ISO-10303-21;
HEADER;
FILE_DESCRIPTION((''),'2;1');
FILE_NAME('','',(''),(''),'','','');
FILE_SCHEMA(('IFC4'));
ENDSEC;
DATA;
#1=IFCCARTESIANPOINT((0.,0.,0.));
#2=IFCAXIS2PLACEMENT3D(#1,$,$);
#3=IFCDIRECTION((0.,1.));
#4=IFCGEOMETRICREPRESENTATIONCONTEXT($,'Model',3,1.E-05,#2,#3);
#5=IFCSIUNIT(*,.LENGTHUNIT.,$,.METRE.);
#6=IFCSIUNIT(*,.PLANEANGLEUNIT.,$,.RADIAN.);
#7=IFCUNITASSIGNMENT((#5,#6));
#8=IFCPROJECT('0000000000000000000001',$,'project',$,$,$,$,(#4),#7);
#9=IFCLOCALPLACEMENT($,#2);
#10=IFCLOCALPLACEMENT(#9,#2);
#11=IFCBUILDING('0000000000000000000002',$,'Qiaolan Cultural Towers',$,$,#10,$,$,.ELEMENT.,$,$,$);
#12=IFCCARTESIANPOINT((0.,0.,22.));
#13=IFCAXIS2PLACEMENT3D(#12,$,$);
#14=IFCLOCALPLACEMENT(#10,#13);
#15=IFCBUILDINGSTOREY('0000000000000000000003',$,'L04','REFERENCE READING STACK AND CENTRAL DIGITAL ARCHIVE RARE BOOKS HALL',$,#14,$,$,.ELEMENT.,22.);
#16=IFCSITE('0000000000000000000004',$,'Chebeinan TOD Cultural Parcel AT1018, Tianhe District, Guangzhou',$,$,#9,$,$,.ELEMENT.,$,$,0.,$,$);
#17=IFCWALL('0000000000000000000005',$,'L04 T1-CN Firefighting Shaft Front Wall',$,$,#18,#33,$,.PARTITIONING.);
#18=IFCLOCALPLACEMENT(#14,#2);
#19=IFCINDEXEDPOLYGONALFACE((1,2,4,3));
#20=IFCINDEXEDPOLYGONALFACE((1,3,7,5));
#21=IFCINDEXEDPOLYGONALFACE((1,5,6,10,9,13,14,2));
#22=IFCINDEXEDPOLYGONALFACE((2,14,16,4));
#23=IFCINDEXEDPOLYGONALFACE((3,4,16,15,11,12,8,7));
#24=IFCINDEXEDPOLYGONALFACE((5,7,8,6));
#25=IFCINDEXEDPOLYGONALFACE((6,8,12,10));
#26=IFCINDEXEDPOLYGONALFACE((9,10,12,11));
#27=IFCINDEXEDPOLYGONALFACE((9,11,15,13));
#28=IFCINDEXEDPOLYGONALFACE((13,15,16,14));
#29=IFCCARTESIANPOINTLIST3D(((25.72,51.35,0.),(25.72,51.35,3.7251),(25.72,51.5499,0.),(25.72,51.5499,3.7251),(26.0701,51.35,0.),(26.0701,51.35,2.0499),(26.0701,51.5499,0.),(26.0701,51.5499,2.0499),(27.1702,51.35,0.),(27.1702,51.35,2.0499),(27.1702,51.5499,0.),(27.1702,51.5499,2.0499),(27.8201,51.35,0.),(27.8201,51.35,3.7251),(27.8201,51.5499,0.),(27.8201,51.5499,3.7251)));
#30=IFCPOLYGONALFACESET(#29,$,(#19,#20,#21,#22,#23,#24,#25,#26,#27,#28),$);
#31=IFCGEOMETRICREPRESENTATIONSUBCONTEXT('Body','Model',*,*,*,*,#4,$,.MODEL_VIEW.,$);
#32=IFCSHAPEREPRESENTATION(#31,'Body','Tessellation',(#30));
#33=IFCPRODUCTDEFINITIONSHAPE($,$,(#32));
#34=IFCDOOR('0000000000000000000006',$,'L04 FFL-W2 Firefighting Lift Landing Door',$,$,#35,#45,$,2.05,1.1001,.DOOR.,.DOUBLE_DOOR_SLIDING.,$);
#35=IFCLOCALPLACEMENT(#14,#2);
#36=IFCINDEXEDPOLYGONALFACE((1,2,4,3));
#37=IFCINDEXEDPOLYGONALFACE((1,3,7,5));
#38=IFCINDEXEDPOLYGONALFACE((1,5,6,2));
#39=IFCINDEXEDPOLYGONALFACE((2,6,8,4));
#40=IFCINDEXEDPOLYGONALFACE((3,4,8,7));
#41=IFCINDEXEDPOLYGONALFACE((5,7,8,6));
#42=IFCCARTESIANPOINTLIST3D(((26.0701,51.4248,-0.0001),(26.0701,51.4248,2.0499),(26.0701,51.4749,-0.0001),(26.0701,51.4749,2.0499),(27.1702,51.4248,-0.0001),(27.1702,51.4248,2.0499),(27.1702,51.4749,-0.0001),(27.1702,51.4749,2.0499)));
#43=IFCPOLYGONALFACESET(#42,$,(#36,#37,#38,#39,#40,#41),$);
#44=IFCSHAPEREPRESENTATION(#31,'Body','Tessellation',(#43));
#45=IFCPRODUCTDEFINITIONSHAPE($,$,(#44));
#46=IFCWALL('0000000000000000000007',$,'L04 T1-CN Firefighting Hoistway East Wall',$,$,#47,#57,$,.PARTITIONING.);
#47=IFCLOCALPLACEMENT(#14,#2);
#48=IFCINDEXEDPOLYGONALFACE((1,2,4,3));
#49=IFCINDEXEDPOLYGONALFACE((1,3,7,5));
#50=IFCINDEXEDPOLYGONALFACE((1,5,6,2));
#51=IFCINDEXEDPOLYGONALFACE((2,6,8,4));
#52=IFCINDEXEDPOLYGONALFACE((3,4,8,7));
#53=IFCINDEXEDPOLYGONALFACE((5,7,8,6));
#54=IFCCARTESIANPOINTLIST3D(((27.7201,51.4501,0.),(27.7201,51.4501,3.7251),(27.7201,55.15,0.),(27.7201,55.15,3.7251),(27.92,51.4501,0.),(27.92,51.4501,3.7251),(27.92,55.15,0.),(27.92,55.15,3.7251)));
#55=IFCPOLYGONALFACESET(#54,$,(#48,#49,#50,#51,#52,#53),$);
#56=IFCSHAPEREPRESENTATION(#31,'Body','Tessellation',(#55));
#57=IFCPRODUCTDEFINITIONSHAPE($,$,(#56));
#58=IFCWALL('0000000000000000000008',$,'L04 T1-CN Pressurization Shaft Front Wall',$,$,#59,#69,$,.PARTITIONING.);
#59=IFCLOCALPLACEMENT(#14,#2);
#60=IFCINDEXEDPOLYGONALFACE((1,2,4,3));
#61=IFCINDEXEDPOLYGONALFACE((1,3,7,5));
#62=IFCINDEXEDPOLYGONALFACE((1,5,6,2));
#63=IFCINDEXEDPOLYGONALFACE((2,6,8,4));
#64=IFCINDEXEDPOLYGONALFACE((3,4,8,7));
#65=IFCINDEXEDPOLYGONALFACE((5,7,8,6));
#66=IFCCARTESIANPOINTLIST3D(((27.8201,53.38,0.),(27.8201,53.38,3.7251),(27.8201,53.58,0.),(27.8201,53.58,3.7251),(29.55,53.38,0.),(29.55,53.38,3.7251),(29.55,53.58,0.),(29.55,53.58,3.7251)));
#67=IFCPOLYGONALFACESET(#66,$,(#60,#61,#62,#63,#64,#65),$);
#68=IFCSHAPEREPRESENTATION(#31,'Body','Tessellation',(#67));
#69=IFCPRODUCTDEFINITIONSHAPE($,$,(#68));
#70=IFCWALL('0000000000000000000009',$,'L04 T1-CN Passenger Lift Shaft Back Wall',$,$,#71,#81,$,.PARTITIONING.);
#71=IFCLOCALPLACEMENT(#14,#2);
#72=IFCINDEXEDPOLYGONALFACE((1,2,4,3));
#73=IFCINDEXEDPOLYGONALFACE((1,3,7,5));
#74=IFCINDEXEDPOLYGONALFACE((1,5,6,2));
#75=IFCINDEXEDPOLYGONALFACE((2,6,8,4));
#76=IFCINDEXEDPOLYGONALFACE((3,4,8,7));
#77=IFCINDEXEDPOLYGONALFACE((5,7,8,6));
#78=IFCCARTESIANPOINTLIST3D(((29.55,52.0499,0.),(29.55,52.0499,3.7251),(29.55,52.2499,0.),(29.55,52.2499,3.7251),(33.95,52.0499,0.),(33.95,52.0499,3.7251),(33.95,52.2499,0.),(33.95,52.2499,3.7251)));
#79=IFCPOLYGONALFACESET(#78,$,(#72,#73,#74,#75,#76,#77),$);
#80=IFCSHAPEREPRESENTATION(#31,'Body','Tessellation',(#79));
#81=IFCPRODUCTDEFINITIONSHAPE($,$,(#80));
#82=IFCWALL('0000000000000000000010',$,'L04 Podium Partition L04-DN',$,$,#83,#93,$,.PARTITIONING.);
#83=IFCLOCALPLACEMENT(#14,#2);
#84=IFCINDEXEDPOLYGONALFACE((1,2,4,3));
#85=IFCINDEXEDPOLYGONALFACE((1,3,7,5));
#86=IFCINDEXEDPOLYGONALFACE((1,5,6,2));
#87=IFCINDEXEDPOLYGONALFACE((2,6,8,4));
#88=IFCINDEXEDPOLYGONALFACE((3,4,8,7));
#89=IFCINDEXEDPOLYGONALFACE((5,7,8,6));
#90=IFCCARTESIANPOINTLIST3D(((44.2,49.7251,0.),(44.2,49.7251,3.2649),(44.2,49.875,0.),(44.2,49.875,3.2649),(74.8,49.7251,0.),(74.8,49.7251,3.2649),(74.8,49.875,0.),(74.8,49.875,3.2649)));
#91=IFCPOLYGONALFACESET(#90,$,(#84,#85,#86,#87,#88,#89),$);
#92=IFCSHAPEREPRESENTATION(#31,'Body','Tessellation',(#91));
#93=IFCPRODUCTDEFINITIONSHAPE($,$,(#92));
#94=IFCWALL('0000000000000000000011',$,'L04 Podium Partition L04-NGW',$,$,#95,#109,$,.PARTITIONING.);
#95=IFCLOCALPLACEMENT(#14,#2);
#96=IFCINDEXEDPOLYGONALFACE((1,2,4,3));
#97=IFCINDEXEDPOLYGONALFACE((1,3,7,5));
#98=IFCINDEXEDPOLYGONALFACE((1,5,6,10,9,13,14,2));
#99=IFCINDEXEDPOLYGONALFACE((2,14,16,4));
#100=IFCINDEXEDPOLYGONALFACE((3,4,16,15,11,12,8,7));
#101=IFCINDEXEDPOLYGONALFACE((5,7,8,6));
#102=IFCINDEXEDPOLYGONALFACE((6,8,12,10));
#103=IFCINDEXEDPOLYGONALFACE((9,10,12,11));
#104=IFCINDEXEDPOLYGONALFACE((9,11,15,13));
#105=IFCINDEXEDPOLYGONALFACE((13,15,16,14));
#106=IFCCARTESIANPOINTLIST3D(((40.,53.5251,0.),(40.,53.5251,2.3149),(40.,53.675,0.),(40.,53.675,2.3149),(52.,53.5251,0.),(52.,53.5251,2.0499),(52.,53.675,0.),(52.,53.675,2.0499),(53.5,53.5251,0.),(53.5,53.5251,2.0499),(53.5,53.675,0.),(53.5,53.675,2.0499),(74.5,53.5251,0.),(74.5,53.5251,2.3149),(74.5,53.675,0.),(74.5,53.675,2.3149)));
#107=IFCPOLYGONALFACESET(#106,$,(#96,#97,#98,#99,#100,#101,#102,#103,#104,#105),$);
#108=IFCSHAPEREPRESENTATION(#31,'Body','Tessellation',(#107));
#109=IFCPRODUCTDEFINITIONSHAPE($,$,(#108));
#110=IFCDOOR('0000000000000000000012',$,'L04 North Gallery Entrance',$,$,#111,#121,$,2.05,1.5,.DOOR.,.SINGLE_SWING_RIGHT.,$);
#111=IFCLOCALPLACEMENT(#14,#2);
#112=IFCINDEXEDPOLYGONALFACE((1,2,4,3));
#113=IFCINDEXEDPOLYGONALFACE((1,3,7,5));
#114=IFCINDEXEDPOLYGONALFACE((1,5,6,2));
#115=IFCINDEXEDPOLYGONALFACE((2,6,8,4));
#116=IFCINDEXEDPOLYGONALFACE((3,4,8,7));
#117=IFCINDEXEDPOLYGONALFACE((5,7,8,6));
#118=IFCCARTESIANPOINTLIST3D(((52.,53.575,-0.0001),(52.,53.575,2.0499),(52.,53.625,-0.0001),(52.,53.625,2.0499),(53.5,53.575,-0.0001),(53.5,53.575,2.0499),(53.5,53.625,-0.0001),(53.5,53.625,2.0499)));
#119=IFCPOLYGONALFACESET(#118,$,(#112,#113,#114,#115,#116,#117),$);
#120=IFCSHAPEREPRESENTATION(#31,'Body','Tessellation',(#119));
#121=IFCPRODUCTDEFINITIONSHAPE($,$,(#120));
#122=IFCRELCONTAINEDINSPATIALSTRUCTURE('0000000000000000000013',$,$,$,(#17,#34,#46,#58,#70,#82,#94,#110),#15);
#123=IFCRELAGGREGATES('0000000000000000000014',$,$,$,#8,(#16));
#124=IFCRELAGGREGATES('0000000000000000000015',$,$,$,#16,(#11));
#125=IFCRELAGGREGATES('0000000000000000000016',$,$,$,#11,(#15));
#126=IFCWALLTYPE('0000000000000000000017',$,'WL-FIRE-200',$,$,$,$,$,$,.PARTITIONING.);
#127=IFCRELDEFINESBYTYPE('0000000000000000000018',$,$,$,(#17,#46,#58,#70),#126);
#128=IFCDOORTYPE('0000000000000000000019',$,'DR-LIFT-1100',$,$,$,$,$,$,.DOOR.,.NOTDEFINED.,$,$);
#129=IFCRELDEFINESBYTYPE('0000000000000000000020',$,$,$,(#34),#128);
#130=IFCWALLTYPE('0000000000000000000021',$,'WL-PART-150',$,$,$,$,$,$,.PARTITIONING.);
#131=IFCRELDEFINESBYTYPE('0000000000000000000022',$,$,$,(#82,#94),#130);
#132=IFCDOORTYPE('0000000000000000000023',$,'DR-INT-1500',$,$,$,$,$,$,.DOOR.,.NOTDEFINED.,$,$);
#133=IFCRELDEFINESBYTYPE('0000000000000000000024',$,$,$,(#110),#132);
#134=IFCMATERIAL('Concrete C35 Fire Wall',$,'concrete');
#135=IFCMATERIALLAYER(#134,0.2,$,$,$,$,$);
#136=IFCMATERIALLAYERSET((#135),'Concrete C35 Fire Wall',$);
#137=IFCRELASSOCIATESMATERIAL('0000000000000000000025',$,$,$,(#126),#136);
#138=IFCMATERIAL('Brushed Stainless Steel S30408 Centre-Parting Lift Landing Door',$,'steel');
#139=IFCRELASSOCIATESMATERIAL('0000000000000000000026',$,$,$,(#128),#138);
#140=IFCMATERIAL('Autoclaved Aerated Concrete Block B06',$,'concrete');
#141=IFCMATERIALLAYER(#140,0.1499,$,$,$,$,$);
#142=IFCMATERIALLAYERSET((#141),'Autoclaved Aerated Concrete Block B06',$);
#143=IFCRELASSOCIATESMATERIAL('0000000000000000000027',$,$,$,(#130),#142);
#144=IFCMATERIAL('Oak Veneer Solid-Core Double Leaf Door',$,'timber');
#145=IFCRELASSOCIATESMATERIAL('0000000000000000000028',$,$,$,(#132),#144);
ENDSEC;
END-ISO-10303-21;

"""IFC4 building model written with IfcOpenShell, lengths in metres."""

from ifc_helpers import new_model, si_unit, direction, frame, frame_2d, origin, place, context, subcontext, project, spatial, rectangle, extrude, material, layer, layer_set, type_object, element, fill, save


model = new_model("IFC4")

# Units and contexts
model_context = context("Model", 3, precision=1e-05, world=origin(), true_north=direction((0.0, 1.0)))
body_context = subcontext(model_context, "Body", "Model", "MODEL_VIEW")
ifc_project = project(units=[si_unit("LENGTHUNIT", "METRE"), si_unit("PLANEANGLEUNIT", "RADIAN")], contexts=[model_context])

# Site, building, storey
site_placement = place(None, origin())
site = spatial("IfcSite", under=ifc_project, at=site_placement, Name="Chebeinan TOD Cultural Parcel AT1018, Tianhe District, Guangzhou", CompositionType="ELEMENT", RefElevation=0.0)
building_placement = place(site_placement, origin())
building = spatial("IfcBuilding", under=site, at=building_placement, Name="Qiaolan Cultural Towers", CompositionType="ELEMENT")
storey_placement = place(building_placement, frame((0.0, 0.0, 22.0)))
storey = spatial("IfcBuildingStorey", under=building, at=storey_placement, Name="L04", Description="REFERENCE READING STACK AND CENTRAL DIGITAL ARCHIVE RARE BOOKS HALL", CompositionType="ELEMENT", Elevation=22.0)

# Wall, opening, door
ifc_material_1 = material(Name="Concrete C35 Fire Wall", Category="concrete")
ifc_layer_1 = layer(ifc_material_1, 0.2)
ifc_layer_set_1 = layer_set([ifc_layer_1], Name="Concrete C35 Fire Wall")
wall_type_1 = type_object("IfcWallType", Name="WL-FIRE-200", PredefinedType="PARTITIONING", material=ifc_layer_set_1)
wall_1_placement = place(storey_placement, frame((25.72, 51.45, 0.0), z_axis=(0.0, 0.0, 1.0), x_axis=(1.0, 0.0, 0.0)))
wall_1 = element("IfcWall", 1, at=wall_1_placement, inside=storey, type_object=wall_type_1, Name="L04 T1-CN Firefighting Shaft Front Wall", PredefinedType="PARTITIONING", context=body_context, shape_type="SweptSolid", body=[
    extrude(rectangle(XDim=2.1001, YDim=0.2, at=frame_2d((1.05, 0.0))), origin(), (0.0, 0.0, 1.0), 3.7251),
])
opening_1_placement = place(wall_1_placement, frame((0.3501, 0.0, 0.0)))
opening_1 = element("IfcOpeningElement", 2, at=opening_1_placement, cuts=wall_1, PredefinedType="OPENING", context=body_context, shape_type="SweptSolid", body=[
    extrude(rectangle(XDim=1.1001, YDim=2.05, at=frame_2d((0.55, 1.0249))), frame((0.0, 0.1099, 0.0), z_axis=(0.0, -1.0, 0.0), x_axis=(1.0, 0.0, 0.0)), (0.0, 0.0, 1.0), 0.22),
])
ifc_material_2 = material(Name="Brushed Stainless Steel S30408 Centre-Parting Lift Landing Door", Category="steel")
door_type_1 = type_object("IfcDoorType", Name="DR-LIFT-1100", OperationType="NOTDEFINED", PredefinedType="DOOR", material=ifc_material_2)
door_1_placement = place(opening_1_placement, origin())
door_1 = element("IfcDoor", 3, at=door_1_placement, inside=storey, type_object=door_type_1, Name="L04 FFL-W2 Firefighting Lift Landing Door", OperationType="DOUBLE_DOOR_SLIDING", OverallHeight=2.05, OverallWidth=1.1001, PredefinedType="DOOR", context=body_context, shape_type="SweptSolid", body=[
    extrude(rectangle(XDim=1.1001, YDim=2.05, at=frame_2d((0.55, 1.0249))), frame((0.0, 0.0249, 0.0), z_axis=(0.0, -1.0, 0.0), x_axis=(1.0, 0.0, 0.0)), (0.0, 0.0, 1.0), 0.05),
])
fill(opening_1, door_1)

# Walls
wall_2_placement = place(storey_placement, frame((27.8201, 51.45, 0.0), z_axis=(0.0, 0.0, 1.0), x_axis=(0.0, 1.0, 0.0)))
element("IfcWall", 4, at=wall_2_placement, inside=storey, type_object=wall_type_1, Name="L04 T1-CN Firefighting Hoistway East Wall", PredefinedType="PARTITIONING", context=body_context, shape_type="SweptSolid", body=[
    extrude(rectangle(XDim=3.7, YDim=0.2, at=frame_2d((1.8501, 0.0))), origin(), (0.0, 0.0, 1.0), 3.7251),
])
wall_3_placement = place(storey_placement, frame((27.8201, 53.48, 0.0), z_axis=(0.0, 0.0, 1.0), x_axis=(1.0, 0.0, 0.0)))
element("IfcWall", 5, at=wall_3_placement, inside=storey, type_object=wall_type_1, Name="L04 T1-CN Pressurization Shaft Front Wall", PredefinedType="PARTITIONING", context=body_context, shape_type="SweptSolid", body=[
    extrude(rectangle(XDim=1.73, YDim=0.2, at=frame_2d((0.865, 0.0))), origin(), (0.0, 0.0, 1.0), 3.7251),
])
wall_4_placement = place(storey_placement, frame((29.55, 52.1499, 0.0), z_axis=(0.0, 0.0, 1.0), x_axis=(1.0, 0.0, 0.0)))
element("IfcWall", 6, at=wall_4_placement, inside=storey, type_object=wall_type_1, Name="L04 T1-CN Passenger Lift Shaft Back Wall", PredefinedType="PARTITIONING", context=body_context, shape_type="SweptSolid", body=[
    extrude(rectangle(XDim=4.3999, YDim=0.2, at=frame_2d((2.2, 0.0))), origin(), (0.0, 0.0, 1.0), 3.7251),
])
ifc_material_3 = material(Name="Autoclaved Aerated Concrete Block B06", Category="concrete")
ifc_layer_2 = layer(ifc_material_3, 0.1499)
ifc_layer_set_2 = layer_set([ifc_layer_2], Name="Autoclaved Aerated Concrete Block B06")
wall_type_2 = type_object("IfcWallType", Name="WL-PART-150", PredefinedType="PARTITIONING", material=ifc_layer_set_2)
wall_5_placement = place(storey_placement, frame((44.2, 49.8, 0.0), z_axis=(0.0, 0.0, 1.0), x_axis=(1.0, 0.0, 0.0)))
element("IfcWall", 7, at=wall_5_placement, inside=storey, type_object=wall_type_2, Name="L04 Podium Partition L04-DN", PredefinedType="PARTITIONING", context=body_context, shape_type="SweptSolid", body=[
    extrude(rectangle(XDim=30.6001, YDim=0.1499, at=frame_2d((15.3, 0.0))), origin(), (0.0, 0.0, 1.0), 3.2649),
])

# Wall, opening, door
wall_6_placement = place(storey_placement, frame((40.0, 53.6001, 0.0), z_axis=(0.0, 0.0, 1.0), x_axis=(1.0, 0.0, 0.0)))
wall_6 = element("IfcWall", 8, at=wall_6_placement, inside=storey, type_object=wall_type_2, Name="L04 Podium Partition L04-NGW", PredefinedType="PARTITIONING", context=body_context, shape_type="SweptSolid", body=[
    extrude(rectangle(XDim=34.5, YDim=0.1499, at=frame_2d((17.25, 0.0))), origin(), (0.0, 0.0, 1.0), 2.3149),
])
opening_2_placement = place(wall_6_placement, frame((12.0, 0.0, 0.0)))
opening_2 = element("IfcOpeningElement", 9, at=opening_2_placement, cuts=wall_6, PredefinedType="OPENING", context=body_context, shape_type="SweptSolid", body=[
    extrude(rectangle(XDim=1.5, YDim=2.05, at=frame_2d((0.75, 1.0249))), frame((0.0, 0.085, 0.0), z_axis=(0.0, -1.0, 0.0), x_axis=(1.0, 0.0, 0.0)), (0.0, 0.0, 1.0), 0.1699),
])
ifc_material_4 = material(Name="Oak Veneer Solid-Core Double Leaf Door", Category="timber")
door_type_2 = type_object("IfcDoorType", Name="DR-INT-1500", OperationType="NOTDEFINED", PredefinedType="DOOR", material=ifc_material_4)
door_2_placement = place(opening_2_placement, origin())
door_2 = element("IfcDoor", 10, at=door_2_placement, inside=storey, type_object=door_type_2, Name="L04 North Gallery Entrance", OperationType="SINGLE_SWING_RIGHT", OverallHeight=2.05, OverallWidth=1.5, PredefinedType="DOOR", context=body_context, shape_type="SweptSolid", body=[
    extrude(rectangle(XDim=1.5, YDim=2.05, at=frame_2d((0.75, 1.0249))), frame((0.0, 0.0249, 0.0), z_axis=(0.0, -1.0, 0.0), x_axis=(1.0, 0.0, 0.0)), (0.0, 0.0, 1.0), 0.05),
])
fill(opening_2, door_2)

save(model, "model.ifc")
